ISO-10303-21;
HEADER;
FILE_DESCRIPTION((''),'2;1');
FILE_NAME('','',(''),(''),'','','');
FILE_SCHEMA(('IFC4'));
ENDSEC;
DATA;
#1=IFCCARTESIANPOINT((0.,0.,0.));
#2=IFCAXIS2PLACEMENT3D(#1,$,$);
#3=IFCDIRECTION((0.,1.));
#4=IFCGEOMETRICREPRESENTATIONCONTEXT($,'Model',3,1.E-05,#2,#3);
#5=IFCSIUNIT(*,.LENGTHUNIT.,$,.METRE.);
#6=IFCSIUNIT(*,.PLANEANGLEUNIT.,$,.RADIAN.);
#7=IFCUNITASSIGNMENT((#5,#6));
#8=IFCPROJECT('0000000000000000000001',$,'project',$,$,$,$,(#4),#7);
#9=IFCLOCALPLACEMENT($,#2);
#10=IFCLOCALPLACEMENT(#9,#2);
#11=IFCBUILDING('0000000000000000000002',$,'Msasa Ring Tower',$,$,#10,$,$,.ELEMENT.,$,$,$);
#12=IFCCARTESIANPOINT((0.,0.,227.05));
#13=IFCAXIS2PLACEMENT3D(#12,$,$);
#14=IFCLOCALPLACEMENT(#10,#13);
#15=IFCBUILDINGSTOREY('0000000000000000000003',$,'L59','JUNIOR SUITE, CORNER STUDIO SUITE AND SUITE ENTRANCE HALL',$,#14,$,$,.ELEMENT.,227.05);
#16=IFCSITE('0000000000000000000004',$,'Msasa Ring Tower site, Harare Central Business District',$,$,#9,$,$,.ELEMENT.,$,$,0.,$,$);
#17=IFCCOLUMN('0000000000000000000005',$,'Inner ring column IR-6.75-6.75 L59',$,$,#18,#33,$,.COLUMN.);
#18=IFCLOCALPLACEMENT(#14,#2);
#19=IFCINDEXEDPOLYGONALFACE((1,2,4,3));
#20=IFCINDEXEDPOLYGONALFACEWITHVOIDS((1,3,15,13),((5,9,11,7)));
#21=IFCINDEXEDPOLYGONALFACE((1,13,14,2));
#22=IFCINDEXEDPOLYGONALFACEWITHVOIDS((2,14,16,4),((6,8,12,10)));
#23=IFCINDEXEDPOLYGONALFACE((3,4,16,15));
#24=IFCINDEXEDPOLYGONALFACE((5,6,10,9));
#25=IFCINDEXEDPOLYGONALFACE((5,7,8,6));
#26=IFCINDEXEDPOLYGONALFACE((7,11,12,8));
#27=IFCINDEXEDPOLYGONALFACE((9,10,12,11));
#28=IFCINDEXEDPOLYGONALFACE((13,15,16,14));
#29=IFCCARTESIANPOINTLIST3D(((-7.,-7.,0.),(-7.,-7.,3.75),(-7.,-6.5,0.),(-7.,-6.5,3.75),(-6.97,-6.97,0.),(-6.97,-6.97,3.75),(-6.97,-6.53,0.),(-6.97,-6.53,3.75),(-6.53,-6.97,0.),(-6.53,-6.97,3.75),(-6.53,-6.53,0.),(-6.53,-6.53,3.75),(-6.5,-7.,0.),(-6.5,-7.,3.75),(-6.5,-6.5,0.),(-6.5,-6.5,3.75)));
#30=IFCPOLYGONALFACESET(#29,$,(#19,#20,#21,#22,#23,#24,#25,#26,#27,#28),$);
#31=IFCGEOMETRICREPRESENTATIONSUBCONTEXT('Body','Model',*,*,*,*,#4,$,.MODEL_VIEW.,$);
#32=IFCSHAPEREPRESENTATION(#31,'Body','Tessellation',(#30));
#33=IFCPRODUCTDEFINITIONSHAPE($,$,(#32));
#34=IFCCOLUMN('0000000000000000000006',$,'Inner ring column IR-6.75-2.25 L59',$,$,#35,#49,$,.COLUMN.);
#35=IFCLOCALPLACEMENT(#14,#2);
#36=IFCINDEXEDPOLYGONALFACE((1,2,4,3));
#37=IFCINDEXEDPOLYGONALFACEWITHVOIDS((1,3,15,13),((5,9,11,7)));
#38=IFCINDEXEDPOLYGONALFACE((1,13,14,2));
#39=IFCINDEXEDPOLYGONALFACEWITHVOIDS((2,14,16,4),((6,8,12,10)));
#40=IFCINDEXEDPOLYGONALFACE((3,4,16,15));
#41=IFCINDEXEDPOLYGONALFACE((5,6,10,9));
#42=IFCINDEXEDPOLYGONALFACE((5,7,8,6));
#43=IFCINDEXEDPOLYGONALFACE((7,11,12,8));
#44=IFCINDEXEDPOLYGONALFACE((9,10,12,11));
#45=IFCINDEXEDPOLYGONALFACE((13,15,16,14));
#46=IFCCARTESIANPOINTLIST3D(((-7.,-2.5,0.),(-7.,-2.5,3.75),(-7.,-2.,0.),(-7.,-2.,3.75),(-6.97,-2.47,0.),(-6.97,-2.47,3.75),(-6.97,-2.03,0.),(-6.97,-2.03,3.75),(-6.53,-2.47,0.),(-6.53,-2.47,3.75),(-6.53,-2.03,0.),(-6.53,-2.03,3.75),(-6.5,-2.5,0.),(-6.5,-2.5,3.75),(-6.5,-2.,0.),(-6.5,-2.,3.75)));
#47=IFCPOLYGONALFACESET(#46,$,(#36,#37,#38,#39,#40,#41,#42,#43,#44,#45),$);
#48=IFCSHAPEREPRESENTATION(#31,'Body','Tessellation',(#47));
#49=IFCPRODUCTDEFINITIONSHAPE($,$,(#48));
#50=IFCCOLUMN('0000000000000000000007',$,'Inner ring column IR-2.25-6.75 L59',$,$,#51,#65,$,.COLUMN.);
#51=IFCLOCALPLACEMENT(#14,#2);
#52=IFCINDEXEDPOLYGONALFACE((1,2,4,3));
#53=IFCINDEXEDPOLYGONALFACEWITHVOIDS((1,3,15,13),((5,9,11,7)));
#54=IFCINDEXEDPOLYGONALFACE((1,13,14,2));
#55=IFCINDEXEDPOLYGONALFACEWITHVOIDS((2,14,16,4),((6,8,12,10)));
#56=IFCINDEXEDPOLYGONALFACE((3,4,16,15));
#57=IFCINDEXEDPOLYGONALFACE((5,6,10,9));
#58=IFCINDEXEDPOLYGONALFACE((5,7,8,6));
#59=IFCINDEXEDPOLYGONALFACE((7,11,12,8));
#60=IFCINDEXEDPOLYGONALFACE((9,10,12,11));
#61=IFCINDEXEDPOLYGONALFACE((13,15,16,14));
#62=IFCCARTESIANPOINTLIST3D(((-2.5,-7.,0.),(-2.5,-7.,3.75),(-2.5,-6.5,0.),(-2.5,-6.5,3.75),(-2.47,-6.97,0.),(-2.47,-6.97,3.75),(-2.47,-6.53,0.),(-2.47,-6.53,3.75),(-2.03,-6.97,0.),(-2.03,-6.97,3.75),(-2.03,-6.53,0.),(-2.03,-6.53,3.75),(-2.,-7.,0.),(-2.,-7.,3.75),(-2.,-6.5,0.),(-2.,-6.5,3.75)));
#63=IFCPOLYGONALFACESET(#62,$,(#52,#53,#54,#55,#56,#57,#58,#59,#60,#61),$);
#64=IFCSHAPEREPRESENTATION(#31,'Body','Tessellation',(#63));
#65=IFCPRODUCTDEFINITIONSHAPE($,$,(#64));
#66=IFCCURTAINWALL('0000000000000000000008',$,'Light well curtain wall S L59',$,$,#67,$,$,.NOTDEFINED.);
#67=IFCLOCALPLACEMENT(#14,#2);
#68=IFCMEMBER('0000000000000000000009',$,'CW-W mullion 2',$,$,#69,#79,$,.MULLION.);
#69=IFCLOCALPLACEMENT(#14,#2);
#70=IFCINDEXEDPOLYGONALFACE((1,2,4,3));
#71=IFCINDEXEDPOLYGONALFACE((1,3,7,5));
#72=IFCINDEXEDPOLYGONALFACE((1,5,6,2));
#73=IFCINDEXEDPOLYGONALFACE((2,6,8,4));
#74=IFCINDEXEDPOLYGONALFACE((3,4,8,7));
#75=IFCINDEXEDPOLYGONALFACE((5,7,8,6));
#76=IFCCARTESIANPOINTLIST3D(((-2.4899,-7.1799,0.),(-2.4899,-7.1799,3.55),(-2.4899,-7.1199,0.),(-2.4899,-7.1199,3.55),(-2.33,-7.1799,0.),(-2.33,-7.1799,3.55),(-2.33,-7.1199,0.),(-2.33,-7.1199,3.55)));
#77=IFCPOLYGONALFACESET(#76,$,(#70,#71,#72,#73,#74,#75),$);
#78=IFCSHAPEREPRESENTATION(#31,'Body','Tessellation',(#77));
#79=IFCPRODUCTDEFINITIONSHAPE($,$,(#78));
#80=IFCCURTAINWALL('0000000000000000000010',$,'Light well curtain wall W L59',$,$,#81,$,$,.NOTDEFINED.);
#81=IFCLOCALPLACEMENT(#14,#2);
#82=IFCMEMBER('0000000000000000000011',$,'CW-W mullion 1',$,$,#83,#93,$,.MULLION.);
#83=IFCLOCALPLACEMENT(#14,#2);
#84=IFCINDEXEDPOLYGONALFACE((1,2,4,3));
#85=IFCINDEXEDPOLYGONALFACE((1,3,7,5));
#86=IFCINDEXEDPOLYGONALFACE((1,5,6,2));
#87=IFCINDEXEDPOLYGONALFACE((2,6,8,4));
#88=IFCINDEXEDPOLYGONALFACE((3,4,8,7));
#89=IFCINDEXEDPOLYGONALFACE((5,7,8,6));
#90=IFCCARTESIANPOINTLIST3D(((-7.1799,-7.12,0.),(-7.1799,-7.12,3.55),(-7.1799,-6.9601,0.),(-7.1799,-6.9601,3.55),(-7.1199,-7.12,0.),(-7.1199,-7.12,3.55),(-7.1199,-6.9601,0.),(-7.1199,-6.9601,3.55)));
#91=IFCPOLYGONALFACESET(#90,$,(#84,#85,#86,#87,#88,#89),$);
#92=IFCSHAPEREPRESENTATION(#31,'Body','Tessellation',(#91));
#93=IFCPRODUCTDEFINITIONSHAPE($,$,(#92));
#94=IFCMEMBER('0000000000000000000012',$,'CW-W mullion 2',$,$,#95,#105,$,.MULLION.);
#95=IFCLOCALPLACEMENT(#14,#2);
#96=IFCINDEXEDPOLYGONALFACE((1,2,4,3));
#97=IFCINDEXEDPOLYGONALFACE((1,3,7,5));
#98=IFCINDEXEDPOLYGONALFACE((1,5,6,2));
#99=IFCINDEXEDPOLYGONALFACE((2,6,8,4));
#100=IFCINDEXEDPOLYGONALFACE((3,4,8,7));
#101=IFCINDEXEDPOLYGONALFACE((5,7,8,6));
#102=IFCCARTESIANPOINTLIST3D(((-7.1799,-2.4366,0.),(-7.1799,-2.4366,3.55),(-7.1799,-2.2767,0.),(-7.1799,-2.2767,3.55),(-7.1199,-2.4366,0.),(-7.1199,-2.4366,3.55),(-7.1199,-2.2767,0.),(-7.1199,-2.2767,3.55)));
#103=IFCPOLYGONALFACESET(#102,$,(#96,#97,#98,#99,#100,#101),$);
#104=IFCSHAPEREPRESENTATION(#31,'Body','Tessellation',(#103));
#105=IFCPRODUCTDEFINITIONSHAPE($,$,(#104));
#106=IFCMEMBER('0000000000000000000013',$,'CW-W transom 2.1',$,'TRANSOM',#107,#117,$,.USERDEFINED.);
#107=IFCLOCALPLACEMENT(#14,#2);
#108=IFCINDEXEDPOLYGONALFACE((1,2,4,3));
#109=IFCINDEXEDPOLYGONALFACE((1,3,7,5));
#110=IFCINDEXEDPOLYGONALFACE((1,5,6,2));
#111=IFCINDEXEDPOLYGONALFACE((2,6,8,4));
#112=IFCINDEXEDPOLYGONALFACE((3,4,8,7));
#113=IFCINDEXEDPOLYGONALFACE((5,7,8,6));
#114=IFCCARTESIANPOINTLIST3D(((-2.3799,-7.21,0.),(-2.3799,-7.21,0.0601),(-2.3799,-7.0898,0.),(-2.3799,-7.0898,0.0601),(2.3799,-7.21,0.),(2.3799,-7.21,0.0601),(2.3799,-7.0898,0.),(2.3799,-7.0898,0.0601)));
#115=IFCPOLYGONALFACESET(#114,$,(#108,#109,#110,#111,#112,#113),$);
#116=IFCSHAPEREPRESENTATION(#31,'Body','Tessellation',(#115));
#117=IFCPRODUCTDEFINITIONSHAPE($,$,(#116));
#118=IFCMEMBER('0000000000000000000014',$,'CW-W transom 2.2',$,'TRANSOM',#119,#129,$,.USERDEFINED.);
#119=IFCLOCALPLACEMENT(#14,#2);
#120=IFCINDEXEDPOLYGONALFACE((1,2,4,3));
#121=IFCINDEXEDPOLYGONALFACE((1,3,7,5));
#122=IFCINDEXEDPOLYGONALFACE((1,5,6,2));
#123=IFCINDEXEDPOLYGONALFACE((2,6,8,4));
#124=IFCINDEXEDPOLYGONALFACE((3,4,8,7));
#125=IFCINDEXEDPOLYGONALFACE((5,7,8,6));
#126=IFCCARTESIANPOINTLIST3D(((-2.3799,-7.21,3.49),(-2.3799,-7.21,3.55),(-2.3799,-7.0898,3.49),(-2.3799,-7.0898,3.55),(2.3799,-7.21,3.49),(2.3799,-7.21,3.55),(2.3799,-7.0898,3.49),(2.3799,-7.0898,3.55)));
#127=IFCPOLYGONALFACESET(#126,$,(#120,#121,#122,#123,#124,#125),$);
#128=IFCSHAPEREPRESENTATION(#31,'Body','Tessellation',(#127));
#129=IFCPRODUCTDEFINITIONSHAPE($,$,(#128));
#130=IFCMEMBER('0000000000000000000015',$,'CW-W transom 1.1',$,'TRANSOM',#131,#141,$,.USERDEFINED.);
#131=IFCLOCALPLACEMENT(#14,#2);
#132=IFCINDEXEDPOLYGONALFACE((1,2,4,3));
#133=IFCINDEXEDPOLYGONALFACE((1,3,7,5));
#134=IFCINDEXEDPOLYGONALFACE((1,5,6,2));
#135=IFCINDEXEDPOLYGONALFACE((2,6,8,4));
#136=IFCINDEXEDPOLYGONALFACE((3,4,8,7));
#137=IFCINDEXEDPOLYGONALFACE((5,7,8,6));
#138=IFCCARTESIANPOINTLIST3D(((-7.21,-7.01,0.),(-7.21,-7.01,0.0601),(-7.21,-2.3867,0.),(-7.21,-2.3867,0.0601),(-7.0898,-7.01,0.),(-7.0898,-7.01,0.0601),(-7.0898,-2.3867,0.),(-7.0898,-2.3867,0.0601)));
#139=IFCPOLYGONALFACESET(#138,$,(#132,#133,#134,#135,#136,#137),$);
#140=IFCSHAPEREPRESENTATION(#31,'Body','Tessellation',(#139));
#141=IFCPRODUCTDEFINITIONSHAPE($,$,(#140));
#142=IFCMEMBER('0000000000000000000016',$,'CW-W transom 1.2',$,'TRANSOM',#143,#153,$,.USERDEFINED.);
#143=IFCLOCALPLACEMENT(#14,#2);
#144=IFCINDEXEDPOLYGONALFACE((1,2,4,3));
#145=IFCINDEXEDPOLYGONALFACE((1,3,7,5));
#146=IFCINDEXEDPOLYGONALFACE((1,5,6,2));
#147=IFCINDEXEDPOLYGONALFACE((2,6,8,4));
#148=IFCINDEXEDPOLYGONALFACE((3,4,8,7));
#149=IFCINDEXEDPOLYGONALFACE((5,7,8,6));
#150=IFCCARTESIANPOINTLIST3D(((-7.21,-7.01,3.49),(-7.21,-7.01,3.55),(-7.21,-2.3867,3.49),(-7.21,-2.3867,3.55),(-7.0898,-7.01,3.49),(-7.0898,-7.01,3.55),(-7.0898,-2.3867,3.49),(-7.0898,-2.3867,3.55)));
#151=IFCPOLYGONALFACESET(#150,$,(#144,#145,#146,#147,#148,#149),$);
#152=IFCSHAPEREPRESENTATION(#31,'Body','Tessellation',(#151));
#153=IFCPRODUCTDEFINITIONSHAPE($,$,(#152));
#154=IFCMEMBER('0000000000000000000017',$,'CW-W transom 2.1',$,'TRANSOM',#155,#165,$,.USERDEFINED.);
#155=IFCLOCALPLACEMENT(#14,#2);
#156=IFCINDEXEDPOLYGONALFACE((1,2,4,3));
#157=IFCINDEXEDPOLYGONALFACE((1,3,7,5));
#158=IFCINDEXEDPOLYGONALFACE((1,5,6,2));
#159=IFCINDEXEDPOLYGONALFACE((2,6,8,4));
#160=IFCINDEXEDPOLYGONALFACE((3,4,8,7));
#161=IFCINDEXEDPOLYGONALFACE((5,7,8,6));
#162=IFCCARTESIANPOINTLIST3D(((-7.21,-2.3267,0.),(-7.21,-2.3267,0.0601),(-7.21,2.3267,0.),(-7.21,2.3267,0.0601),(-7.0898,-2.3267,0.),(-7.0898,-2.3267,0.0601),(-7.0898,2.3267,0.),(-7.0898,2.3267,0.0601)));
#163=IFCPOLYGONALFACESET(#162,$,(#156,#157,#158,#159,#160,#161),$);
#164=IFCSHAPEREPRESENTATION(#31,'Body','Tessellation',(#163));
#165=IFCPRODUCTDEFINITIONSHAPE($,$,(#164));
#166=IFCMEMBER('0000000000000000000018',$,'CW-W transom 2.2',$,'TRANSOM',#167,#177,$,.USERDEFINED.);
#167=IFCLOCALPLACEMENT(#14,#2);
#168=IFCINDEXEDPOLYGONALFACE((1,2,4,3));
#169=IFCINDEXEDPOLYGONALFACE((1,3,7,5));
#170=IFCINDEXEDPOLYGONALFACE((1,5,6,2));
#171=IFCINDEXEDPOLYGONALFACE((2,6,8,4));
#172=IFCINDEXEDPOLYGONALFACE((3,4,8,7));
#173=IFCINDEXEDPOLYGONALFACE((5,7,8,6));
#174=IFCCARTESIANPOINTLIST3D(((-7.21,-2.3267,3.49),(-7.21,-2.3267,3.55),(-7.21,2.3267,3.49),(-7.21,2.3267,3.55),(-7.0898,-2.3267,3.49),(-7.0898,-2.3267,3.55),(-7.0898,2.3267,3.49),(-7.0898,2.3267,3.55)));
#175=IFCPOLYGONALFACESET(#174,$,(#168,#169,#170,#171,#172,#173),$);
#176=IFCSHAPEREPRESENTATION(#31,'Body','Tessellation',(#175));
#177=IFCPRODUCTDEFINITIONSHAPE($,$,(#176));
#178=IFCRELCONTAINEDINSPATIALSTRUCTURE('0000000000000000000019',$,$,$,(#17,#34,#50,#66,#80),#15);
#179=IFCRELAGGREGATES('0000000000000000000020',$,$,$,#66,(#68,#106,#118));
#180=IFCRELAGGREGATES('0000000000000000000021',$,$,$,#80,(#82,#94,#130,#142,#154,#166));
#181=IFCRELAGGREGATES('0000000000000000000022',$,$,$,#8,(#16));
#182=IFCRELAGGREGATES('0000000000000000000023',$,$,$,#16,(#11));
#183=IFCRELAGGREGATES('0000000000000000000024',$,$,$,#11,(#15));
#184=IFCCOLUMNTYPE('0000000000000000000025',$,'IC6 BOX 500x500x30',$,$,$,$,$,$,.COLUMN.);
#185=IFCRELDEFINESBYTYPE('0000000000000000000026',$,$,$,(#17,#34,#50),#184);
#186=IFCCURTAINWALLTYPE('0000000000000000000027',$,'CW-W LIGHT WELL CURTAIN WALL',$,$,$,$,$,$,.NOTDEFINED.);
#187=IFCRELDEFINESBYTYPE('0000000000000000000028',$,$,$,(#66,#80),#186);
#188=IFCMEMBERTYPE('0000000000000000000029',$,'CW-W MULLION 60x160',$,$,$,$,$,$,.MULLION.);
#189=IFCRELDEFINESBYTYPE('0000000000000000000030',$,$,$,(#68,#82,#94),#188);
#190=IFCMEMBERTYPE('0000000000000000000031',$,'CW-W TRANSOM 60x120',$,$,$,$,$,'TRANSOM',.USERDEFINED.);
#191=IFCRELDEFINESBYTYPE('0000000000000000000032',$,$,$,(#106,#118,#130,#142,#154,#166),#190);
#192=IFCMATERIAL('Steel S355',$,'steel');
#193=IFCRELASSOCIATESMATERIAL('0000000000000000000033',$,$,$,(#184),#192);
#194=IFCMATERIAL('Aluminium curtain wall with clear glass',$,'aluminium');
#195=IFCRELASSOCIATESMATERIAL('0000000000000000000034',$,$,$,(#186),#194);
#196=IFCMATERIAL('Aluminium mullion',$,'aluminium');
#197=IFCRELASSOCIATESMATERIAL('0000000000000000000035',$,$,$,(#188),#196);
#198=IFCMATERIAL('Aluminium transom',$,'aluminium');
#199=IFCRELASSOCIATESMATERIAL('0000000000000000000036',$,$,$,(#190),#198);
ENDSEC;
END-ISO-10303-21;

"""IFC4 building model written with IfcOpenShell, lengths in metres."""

from ifc_helpers import new_model, si_unit, direction, frame, origin, origin_2d, place, context, subcontext, project, spatial, rectangle, hollow_rectangle, extrude, material, material_profile, profile_set, type_object, element, aggregate, save


model = new_model("IFC4")

# Units and contexts
model_context = context("Model", 3, precision=1e-05, world=origin(), true_north=direction((0.0, 1.0)))
body_context = subcontext(model_context, "Body", "Model", "MODEL_VIEW")
ifc_project = project(units=[si_unit("LENGTHUNIT", "METRE"), si_unit("PLANEANGLEUNIT", "RADIAN")], contexts=[model_context])

# Site, building, storey
site_placement = place(None, origin())
site = spatial("IfcSite", under=ifc_project, at=site_placement, Name="Msasa Ring Tower site, Harare Central Business District", CompositionType="ELEMENT", RefElevation=0.0)
building_placement = place(site_placement, origin())
building = spatial("IfcBuilding", under=site, at=building_placement, Name="Msasa Ring Tower", CompositionType="ELEMENT")
storey_placement = place(building_placement, frame((0.0, 0.0, 227.05)))
storey = spatial("IfcBuildingStorey", under=building, at=storey_placement, Name="L59", Description="JUNIOR SUITE, CORNER STUDIO SUITE AND SUITE ENTRANCE HALL", CompositionType="ELEMENT", Elevation=227.05)

# Columns
ifc_material_1 = material(Name="Steel S355", Category="steel")
ifc_material_profile_1 = material_profile(ifc_material_1, hollow_rectangle(XDim=0.5, YDim=0.5, WallThickness=0.03, at=origin_2d()), Name="BOX 500x500x30")
ifc_profile_set_1 = profile_set([ifc_material_profile_1], Name="Steel S355")
column_type = type_object("IfcColumnType", Name="IC6 BOX 500x500x30", PredefinedType="COLUMN", material=ifc_profile_set_1)
for number, where, z_axis, x_axis, name in (
    (1, (-6.75, -6.75, 0.0), (0.0, 0.0, 1.0), (1.0, 0.0, 0.0), "Inner ring column IR-6.75-6.75 L59"),
    (2, (-6.75, -2.25, 0.0), (0.0, 0.0, 1.0), (1.0, 0.0, 0.0), "Inner ring column IR-6.75-2.25 L59"),
    (3, (-2.25, -6.75, 0.0), (0.0, 0.0, 1.0), (1.0, 0.0, 0.0), "Inner ring column IR-2.25-6.75 L59"),
):
    element("IfcColumn", number, at=place(storey_placement, frame(where, z_axis=z_axis, x_axis=x_axis)), inside=storey, type_object=column_type, Name=name, PredefinedType="COLUMN", context=body_context, shape_type="SweptSolid", body=[
        extrude(hollow_rectangle(XDim=0.5, YDim=0.5, WallThickness=0.03, at=origin_2d()), origin(), (0.0, 0.0, 1.0), 3.75),
    ])

# Curtain wall, member
ifc_material_2 = material(Name="Aluminium curtain wall with clear glass", Category="aluminium")
curtain_wall_type = type_object("IfcCurtainWallType", Name="CW-W LIGHT WELL CURTAIN WALL", PredefinedType="NOTDEFINED", material=ifc_material_2)
curtain_wall_1_placement = place(storey_placement, origin())
curtain_wall_1 = element("IfcCurtainWall", 4, at=curtain_wall_1_placement, inside=storey, type_object=curtain_wall_type, Name="Light well curtain wall S L59", PredefinedType="NOTDEFINED")
ifc_material_3 = material(Name="Aluminium mullion", Category="aluminium")
ifc_material_profile_2 = material_profile(ifc_material_3, rectangle(XDim=0.0601, YDim=0.1599, at=origin_2d()), Name="AL 60x160")
ifc_profile_set_2 = profile_set([ifc_material_profile_2], Name="Aluminium mullion")
member_type_1 = type_object("IfcMemberType", Name="CW-W MULLION 60x160", PredefinedType="MULLION", material=ifc_profile_set_2)
member_1_placement = place(storey_placement, frame((-2.4099, -7.1499, 0.0), z_axis=(0.0, 0.0, 1.0), x_axis=(0.0, 1.0, 0.0)))
member_1 = element("IfcMember", 5, at=member_1_placement, type_object=member_type_1, Name="CW-W mullion 2", PredefinedType="MULLION", context=body_context, shape_type="SweptSolid", body=[
    extrude(rectangle(XDim=0.0601, YDim=0.1599, at=origin_2d()), origin(), (0.0, 0.0, 1.0), 3.55),
])

# Curtain wall, members
curtain_wall_2_placement = place(storey_placement, origin())
curtain_wall_2 = element("IfcCurtainWall", 6, at=curtain_wall_2_placement, inside=storey, type_object=curtain_wall_type, Name="Light well curtain wall W L59", PredefinedType="NOTDEFINED")
member_2_placement = place(storey_placement, frame((-7.1499, -7.04, 0.0), z_axis=(0.0, 0.0, 1.0), x_axis=(-1.0, 0.0, 0.0)))
member_2 = element("IfcMember", 7, at=member_2_placement, type_object=member_type_1, Name="CW-W mullion 1", PredefinedType="MULLION", context=body_context, shape_type="SweptSolid", body=[
    extrude(rectangle(XDim=0.0601, YDim=0.1599, at=origin_2d()), origin(), (0.0, 0.0, 1.0), 3.55),
])
member_3_placement = place(storey_placement, frame((-7.1499, -2.3567, 0.0), z_axis=(0.0, 0.0, 1.0), x_axis=(-1.0, 0.0, 0.0)))
member_3 = element("IfcMember", 8, at=member_3_placement, type_object=member_type_1, Name="CW-W mullion 2", PredefinedType="MULLION", context=body_context, shape_type="SweptSolid", body=[
    extrude(rectangle(XDim=0.0601, YDim=0.1599, at=origin_2d()), origin(), (0.0, 0.0, 1.0), 3.55),
])

# Members
ifc_material_4 = material(Name="Aluminium transom", Category="aluminium")
ifc_material_profile_3 = material_profile(ifc_material_4, rectangle(XDim=0.1201, YDim=0.0601, at=origin_2d()), Name="AL 60x120")
ifc_profile_set_3 = profile_set([ifc_material_profile_3], Name="Aluminium transom")
member_type_2 = type_object("IfcMemberType", Name="CW-W TRANSOM 60x120", ElementType="TRANSOM", PredefinedType="USERDEFINED", material=ifc_profile_set_3)
member_4_placement = place(storey_placement, frame((-2.3799, -7.1499, 0.03), z_axis=(1.0, 0.0, 0.0), x_axis=(0.0, 1.0, 0.0)))
member_4 = element("IfcMember", 9, at=member_4_placement, type_object=member_type_2, Name="CW-W transom 2.1", ObjectType="TRANSOM", PredefinedType="USERDEFINED", context=body_context, shape_type="SweptSolid", body=[
    extrude(rectangle(XDim=0.1201, YDim=0.0601, at=origin_2d()), origin(), (0.0, 0.0, 1.0), 4.7598),
])
member_5_placement = place(storey_placement, frame((-2.3799, -7.1499, 3.52), z_axis=(1.0, 0.0, 0.0), x_axis=(0.0, 1.0, 0.0)))
member_5 = element("IfcMember", 10, at=member_5_placement, type_object=member_type_2, Name="CW-W transom 2.2", ObjectType="TRANSOM", PredefinedType="USERDEFINED", context=body_context, shape_type="SweptSolid", body=[
    extrude(rectangle(XDim=0.1201, YDim=0.0601, at=origin_2d()), origin(), (0.0, 0.0, 1.0), 4.7598),
])
member_6_placement = place(storey_placement, frame((-7.1499, -7.01, 0.03), z_axis=(0.0, 1.0, 0.0), x_axis=(-1.0, 0.0, 0.0)))
member_6 = element("IfcMember", 11, at=member_6_placement, type_object=member_type_2, Name="CW-W transom 1.1", ObjectType="TRANSOM", PredefinedType="USERDEFINED", context=body_context, shape_type="SweptSolid", body=[
    extrude(rectangle(XDim=0.1201, YDim=0.0601, at=origin_2d()), origin(), (0.0, 0.0, 1.0), 4.6233),
])
member_7_placement = place(storey_placement, frame((-7.1499, -7.01, 3.52), z_axis=(0.0, 1.0, 0.0), x_axis=(-1.0, 0.0, 0.0)))
member_7 = element("IfcMember", 12, at=member_7_placement, type_object=member_type_2, Name="CW-W transom 1.2", ObjectType="TRANSOM", PredefinedType="USERDEFINED", context=body_context, shape_type="SweptSolid", body=[
    extrude(rectangle(XDim=0.1201, YDim=0.0601, at=origin_2d()), origin(), (0.0, 0.0, 1.0), 4.6233),
])
member_8_placement = place(storey_placement, frame((-7.1499, -2.3267, 0.03), z_axis=(0.0, 1.0, 0.0), x_axis=(-1.0, 0.0, 0.0)))
member_8 = element("IfcMember", 13, at=member_8_placement, type_object=member_type_2, Name="CW-W transom 2.1", ObjectType="TRANSOM", PredefinedType="USERDEFINED", context=body_context, shape_type="SweptSolid", body=[
    extrude(rectangle(XDim=0.1201, YDim=0.0601, at=origin_2d()), origin(), (0.0, 0.0, 1.0), 4.6533),
])
member_9_placement = place(storey_placement, frame((-7.1499, -2.3267, 3.52), z_axis=(0.0, 1.0, 0.0), x_axis=(-1.0, 0.0, 0.0)))
member_9 = element("IfcMember", 14, at=member_9_placement, type_object=member_type_2, Name="CW-W transom 2.2", ObjectType="TRANSOM", PredefinedType="USERDEFINED", context=body_context, shape_type="SweptSolid", body=[
    extrude(rectangle(XDim=0.1201, YDim=0.0601, at=origin_2d()), origin(), (0.0, 0.0, 1.0), 4.6533),
])

aggregate(curtain_wall_1, [member_1, member_4, member_5])
aggregate(curtain_wall_2, [member_2, member_3, member_6, member_7, member_8, member_9])

save(model, "model.ifc")
